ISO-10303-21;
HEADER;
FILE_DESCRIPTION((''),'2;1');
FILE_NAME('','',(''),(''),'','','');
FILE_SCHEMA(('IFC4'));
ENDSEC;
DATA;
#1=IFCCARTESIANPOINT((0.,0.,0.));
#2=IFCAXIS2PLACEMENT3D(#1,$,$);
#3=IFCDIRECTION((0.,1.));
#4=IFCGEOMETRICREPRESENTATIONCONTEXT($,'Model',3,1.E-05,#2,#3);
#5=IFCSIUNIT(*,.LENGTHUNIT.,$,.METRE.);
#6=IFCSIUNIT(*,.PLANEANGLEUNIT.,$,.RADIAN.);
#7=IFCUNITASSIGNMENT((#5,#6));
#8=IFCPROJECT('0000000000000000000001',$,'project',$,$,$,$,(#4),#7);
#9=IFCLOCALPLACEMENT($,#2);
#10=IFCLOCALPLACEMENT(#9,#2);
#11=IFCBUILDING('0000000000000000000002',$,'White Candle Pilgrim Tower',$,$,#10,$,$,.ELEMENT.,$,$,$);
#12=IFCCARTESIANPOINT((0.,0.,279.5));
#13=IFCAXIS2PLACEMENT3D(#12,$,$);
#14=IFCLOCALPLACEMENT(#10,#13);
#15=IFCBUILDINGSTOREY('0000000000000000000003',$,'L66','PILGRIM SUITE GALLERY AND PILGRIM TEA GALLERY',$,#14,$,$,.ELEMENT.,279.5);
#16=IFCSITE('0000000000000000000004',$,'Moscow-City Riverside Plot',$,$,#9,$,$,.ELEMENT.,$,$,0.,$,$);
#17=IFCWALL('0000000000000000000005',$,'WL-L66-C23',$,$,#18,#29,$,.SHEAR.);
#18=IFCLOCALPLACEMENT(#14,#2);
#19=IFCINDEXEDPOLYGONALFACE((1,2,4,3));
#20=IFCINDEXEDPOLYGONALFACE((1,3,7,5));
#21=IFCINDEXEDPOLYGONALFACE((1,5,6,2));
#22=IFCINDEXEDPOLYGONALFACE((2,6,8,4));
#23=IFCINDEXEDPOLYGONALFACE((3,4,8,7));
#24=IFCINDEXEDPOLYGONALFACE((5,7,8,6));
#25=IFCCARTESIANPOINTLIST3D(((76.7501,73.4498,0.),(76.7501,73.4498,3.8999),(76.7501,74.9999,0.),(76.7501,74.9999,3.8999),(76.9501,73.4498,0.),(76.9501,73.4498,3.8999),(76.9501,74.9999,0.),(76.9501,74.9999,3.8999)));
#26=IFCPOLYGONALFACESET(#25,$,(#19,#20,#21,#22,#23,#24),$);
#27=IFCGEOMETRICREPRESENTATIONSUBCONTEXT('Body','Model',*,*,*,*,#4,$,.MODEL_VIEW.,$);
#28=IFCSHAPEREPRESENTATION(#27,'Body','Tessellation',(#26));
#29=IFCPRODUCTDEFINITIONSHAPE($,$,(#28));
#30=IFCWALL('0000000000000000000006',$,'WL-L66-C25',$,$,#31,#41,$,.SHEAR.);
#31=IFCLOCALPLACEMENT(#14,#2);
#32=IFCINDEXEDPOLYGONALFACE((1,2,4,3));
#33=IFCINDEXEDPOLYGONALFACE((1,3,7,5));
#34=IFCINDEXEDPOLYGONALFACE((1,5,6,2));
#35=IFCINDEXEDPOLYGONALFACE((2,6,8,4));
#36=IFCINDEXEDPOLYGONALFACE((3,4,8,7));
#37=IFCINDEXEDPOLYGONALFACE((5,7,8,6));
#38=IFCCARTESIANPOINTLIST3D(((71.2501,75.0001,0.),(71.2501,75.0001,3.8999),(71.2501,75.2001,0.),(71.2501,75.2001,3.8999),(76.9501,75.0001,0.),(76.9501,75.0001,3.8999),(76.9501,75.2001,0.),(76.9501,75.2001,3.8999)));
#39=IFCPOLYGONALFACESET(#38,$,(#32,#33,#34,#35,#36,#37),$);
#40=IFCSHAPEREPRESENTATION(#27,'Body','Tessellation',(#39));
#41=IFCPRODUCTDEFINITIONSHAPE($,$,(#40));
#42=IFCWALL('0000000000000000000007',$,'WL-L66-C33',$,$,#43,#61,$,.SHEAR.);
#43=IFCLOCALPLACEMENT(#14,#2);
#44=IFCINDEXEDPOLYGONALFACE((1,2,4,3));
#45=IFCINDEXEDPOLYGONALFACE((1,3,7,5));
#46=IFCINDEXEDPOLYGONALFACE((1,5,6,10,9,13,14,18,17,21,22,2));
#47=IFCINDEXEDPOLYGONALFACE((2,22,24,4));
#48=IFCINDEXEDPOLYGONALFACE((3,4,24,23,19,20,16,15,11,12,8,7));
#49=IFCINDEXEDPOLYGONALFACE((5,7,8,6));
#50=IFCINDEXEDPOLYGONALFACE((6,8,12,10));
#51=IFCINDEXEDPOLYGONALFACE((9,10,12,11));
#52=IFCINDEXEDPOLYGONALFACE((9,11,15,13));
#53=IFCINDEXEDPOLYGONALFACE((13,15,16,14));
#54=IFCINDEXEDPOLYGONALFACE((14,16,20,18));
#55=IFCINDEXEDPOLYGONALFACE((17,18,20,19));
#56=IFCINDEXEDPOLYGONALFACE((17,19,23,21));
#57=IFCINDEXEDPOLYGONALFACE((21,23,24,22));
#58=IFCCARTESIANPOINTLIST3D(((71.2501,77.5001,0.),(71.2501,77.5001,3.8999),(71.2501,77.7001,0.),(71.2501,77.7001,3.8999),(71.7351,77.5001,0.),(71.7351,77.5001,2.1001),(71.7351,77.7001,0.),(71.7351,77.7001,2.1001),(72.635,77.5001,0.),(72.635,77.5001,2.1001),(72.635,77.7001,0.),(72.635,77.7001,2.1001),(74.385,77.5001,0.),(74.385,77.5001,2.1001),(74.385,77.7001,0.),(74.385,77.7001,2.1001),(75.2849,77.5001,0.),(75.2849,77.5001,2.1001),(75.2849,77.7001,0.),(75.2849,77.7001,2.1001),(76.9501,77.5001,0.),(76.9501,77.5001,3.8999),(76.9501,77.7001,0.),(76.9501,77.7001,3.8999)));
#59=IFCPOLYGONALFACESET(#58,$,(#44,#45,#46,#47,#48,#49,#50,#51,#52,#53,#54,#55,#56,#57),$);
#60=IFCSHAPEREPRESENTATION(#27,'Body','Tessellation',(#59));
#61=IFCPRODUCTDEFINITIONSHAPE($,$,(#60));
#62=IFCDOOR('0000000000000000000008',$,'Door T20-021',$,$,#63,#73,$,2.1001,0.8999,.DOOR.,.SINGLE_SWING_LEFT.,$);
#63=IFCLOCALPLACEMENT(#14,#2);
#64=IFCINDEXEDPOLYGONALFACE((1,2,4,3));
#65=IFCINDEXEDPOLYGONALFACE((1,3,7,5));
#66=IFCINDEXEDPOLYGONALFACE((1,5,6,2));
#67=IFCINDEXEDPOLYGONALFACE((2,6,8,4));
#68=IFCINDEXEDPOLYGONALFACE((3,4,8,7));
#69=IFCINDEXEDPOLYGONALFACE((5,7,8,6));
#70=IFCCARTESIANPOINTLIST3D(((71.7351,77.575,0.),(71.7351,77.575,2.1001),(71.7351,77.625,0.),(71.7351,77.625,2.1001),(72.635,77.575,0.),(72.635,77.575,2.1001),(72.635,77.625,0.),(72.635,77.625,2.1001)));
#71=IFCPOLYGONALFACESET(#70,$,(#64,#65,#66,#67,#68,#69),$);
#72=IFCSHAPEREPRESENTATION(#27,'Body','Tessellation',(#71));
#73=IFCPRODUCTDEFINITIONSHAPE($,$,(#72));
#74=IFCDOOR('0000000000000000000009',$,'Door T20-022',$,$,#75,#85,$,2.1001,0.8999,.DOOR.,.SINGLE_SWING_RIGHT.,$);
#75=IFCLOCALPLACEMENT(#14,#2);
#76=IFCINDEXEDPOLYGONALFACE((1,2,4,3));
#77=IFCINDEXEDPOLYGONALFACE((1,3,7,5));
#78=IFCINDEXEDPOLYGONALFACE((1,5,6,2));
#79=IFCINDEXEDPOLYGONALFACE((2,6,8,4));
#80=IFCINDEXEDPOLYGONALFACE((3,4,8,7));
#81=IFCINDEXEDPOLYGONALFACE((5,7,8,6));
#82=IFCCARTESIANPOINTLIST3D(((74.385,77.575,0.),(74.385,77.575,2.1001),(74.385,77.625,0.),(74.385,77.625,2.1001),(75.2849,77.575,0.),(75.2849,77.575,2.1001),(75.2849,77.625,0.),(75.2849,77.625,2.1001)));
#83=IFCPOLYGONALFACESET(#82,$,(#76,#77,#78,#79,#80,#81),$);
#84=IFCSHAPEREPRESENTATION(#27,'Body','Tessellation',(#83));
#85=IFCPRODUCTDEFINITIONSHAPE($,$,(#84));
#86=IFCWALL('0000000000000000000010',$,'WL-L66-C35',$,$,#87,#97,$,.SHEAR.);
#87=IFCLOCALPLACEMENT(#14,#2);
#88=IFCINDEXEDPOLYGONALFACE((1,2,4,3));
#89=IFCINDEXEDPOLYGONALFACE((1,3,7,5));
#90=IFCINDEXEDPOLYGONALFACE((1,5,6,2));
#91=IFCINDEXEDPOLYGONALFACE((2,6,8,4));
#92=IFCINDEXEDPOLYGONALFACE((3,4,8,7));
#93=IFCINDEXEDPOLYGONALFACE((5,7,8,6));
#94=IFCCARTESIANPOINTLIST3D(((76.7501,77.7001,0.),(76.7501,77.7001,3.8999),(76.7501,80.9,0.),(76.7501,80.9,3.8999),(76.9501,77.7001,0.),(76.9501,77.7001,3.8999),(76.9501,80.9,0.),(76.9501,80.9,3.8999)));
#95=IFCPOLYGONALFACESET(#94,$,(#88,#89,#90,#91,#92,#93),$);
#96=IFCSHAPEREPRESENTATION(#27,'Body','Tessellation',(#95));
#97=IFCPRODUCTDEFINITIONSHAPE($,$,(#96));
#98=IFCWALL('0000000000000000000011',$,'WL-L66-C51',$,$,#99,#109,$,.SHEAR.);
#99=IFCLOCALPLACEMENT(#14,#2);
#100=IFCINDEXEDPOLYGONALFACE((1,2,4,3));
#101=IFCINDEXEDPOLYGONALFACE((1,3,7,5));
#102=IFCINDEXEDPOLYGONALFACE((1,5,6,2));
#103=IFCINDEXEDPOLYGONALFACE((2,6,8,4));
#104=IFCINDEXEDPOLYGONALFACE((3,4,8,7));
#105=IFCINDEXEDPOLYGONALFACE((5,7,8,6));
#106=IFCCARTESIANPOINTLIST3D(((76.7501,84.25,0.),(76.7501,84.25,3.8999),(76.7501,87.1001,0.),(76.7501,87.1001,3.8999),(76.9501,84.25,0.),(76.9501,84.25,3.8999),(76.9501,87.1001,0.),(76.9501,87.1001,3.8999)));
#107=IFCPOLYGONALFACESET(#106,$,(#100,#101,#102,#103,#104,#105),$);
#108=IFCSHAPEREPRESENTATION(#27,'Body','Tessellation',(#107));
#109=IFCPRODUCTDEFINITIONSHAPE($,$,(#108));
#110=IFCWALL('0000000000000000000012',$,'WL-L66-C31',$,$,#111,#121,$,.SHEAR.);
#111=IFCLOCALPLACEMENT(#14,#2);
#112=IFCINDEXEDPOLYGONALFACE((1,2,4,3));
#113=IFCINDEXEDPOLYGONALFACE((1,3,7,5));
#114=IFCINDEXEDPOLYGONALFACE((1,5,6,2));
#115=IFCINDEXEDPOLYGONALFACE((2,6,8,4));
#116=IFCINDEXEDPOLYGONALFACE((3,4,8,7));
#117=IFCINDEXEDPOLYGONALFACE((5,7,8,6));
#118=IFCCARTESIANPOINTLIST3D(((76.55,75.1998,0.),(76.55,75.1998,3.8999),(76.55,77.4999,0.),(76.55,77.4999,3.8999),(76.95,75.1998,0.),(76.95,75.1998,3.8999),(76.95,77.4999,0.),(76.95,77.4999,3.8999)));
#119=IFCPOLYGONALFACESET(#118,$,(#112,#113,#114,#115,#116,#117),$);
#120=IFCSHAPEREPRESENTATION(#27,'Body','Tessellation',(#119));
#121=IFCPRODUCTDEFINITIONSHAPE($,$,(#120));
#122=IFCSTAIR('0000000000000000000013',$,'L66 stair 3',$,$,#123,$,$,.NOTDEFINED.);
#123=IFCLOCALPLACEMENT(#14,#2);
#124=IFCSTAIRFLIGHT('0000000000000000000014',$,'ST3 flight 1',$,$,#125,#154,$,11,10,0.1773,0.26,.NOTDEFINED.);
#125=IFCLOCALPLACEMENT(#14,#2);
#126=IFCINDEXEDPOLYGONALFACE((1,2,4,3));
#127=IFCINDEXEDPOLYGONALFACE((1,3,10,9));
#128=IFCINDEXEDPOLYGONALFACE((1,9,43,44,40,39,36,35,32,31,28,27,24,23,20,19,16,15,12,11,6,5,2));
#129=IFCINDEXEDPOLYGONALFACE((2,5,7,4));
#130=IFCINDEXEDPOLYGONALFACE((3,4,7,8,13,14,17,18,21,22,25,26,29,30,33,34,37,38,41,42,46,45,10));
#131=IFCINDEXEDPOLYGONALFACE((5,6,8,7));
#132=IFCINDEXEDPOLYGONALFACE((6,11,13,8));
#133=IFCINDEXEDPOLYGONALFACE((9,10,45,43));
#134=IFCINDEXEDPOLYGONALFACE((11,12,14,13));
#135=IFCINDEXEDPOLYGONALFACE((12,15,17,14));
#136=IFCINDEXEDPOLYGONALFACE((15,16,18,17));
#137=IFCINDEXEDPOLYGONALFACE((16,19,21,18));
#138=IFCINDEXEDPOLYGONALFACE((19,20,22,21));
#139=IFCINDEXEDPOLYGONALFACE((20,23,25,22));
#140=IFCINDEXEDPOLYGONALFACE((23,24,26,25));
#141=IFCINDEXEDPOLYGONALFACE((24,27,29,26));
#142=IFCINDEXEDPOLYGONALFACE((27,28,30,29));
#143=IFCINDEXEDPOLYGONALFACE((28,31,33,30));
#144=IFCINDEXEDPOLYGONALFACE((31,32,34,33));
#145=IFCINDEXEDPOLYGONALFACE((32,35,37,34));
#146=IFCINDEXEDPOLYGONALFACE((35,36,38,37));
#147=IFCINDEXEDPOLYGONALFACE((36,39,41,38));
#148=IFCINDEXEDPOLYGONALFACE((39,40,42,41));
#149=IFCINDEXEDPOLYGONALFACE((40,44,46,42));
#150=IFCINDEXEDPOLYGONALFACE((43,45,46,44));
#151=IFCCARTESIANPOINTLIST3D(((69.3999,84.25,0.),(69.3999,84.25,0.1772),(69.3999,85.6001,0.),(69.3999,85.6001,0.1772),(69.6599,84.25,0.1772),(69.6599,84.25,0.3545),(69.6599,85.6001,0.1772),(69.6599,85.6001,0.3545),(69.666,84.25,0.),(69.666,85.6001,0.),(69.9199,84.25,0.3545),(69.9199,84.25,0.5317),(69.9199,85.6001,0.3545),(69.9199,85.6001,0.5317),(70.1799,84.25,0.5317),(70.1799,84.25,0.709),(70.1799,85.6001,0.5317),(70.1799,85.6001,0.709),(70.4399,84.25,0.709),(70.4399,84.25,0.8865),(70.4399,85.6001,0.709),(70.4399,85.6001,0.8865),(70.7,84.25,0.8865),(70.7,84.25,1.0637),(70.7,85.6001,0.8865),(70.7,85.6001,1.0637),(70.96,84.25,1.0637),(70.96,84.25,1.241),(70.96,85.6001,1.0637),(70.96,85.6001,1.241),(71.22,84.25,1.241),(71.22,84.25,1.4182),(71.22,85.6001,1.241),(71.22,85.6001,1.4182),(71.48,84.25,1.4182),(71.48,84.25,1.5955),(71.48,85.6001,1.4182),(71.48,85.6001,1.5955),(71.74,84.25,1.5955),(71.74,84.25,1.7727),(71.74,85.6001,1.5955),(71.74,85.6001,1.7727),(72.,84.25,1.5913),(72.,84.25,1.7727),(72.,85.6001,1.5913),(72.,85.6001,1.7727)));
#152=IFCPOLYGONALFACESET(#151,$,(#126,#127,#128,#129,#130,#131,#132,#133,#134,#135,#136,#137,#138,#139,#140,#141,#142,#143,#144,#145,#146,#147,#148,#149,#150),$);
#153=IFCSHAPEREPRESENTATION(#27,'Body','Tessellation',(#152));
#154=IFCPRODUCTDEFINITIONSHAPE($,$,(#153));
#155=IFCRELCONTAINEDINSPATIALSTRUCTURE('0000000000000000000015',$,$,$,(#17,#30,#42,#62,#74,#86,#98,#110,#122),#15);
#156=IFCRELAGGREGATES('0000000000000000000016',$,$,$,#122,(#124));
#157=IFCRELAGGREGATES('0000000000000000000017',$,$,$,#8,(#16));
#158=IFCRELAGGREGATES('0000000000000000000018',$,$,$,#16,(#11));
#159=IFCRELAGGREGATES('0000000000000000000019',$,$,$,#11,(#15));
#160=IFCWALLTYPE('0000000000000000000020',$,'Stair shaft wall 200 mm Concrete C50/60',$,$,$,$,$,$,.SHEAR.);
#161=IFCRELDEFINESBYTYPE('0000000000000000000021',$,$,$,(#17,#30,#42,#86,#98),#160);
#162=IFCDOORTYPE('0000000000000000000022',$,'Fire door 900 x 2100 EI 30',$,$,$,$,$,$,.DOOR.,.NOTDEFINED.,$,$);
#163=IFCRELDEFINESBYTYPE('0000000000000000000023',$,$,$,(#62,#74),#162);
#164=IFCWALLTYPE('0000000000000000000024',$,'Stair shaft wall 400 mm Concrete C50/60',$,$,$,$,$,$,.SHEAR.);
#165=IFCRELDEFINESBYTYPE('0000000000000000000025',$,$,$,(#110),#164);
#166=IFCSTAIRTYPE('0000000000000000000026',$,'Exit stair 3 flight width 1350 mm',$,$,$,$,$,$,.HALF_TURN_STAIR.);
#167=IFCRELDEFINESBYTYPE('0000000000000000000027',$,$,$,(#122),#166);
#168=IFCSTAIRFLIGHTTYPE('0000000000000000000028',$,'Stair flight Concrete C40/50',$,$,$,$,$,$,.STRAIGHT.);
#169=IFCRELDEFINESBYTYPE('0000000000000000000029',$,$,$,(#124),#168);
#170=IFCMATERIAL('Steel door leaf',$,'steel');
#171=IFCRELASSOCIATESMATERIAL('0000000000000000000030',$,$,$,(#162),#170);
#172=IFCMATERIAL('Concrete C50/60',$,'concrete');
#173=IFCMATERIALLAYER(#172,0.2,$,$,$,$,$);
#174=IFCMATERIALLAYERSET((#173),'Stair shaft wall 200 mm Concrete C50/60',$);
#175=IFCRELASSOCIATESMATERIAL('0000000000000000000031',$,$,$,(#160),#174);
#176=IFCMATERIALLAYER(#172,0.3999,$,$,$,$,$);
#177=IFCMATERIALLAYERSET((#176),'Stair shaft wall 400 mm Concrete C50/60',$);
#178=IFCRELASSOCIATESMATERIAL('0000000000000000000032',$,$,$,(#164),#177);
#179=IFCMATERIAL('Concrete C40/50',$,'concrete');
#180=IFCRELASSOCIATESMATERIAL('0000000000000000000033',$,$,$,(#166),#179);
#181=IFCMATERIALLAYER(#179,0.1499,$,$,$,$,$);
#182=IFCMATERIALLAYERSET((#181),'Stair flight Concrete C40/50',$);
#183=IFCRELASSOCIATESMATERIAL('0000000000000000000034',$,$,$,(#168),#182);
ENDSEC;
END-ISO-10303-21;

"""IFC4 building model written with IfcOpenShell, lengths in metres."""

from ifc_helpers import new_model, si_unit, direction, frame, frame_2d, origin, place, context, subcontext, project, spatial, polyline, rectangle, outline, extrude, material, layer, layer_set, type_object, element, fill, aggregate, save


model = new_model("IFC4")

# Units and contexts
model_context = context("Model", 3, precision=1e-05, world=origin(), true_north=direction((0.0, 1.0)))
body_context = subcontext(model_context, "Body", "Model", "MODEL_VIEW")
ifc_project = project(units=[si_unit("LENGTHUNIT", "METRE"), si_unit("PLANEANGLEUNIT", "RADIAN")], contexts=[model_context])

# Site, building, storey
site_placement = place(None, origin())
site = spatial("IfcSite", under=ifc_project, at=site_placement, Name="Moscow-City Riverside Plot", CompositionType="ELEMENT", RefElevation=0.0)
building_placement = place(site_placement, origin())
building = spatial("IfcBuilding", under=site, at=building_placement, Name="White Candle Pilgrim Tower", CompositionType="ELEMENT")
storey_placement = place(building_placement, frame((0.0, 0.0, 279.5)))
storey = spatial("IfcBuildingStorey", under=building, at=storey_placement, Name="L66", Description="PILGRIM SUITE GALLERY AND PILGRIM TEA GALLERY", CompositionType="ELEMENT", Elevation=279.5)

# Shared definitions
ifc_material_1 = material(Name="Concrete C50/60", Category="concrete")

# Shared definitions
ifc_material_2 = material(Name="Steel door leaf", Category="steel")
door_type = type_object("IfcDoorType", Name="Fire door 900 x 2100 EI 30", OperationType="NOTDEFINED", PredefinedType="DOOR", material=ifc_material_2)

# Walls
ifc_layer_1 = layer(ifc_material_1, 0.2)
ifc_layer_set_1 = layer_set([ifc_layer_1], Name="Stair shaft wall 200 mm Concrete C50/60")
wall_type_1 = type_object("IfcWallType", Name="Stair shaft wall 200 mm Concrete C50/60", PredefinedType="SHEAR", material=ifc_layer_set_1)
wall_1_placement = place(storey_placement, frame((76.8501, 73.45, 0.0), z_axis=(0.0, 0.0, 1.0), x_axis=(0.0, 1.0, 0.0)))
element("IfcWall", 1, at=wall_1_placement, inside=storey, type_object=wall_type_1, Name="WL-L66-C23", PredefinedType="SHEAR", context=body_context, shape_type="SweptSolid", body=[
    extrude(rectangle(XDim=1.55, YDim=0.2, at=frame_2d((0.7749, 0.0))), origin(), (0.0, 0.0, 1.0), 3.8999),
])
wall_2_placement = place(storey_placement, frame((71.25, 75.1001, 0.0), z_axis=(0.0, 0.0, 1.0), x_axis=(1.0, 0.0, 0.0)))
element("IfcWall", 2, at=wall_2_placement, inside=storey, type_object=wall_type_1, Name="WL-L66-C25", PredefinedType="SHEAR", context=body_context, shape_type="SweptSolid", body=[
    extrude(rectangle(XDim=5.7, YDim=0.2, at=frame_2d((2.8501, 0.0))), origin(), (0.0, 0.0, 1.0), 3.8999),
])

# Wall, openings, doors
wall_3_placement = place(storey_placement, frame((71.25, 77.6001, 0.0), z_axis=(0.0, 0.0, 1.0), x_axis=(1.0, 0.0, 0.0)))
wall_3 = element("IfcWall", 3, at=wall_3_placement, inside=storey, type_object=wall_type_1, Name="WL-L66-C33", PredefinedType="SHEAR", context=body_context, shape_type="SweptSolid", body=[
    extrude(rectangle(XDim=5.7, YDim=0.2, at=frame_2d((2.8501, 0.0))), origin(), (0.0, 0.0, 1.0), 3.8999),
])
opening_1_placement = place(wall_3_placement, frame((0.4851, 0.0, 0.0)))
opening_1 = element("IfcOpeningElement", 4, at=opening_1_placement, cuts=wall_3, PredefinedType="OPENING", context=body_context, shape_type="SweptSolid", body=[
    extrude(rectangle(XDim=0.8999, YDim=2.1001, at=frame_2d((0.45, 1.05))), frame((0.0, 0.1099, 0.0), z_axis=(0.0, -1.0, 0.0), x_axis=(1.0, 0.0, 0.0)), (0.0, 0.0, 1.0), 0.22),
])
opening_2_placement = place(wall_3_placement, frame((3.135, 0.0, 0.0)))
opening_2 = element("IfcOpeningElement", 5, at=opening_2_placement, cuts=wall_3, PredefinedType="OPENING", context=body_context, shape_type="SweptSolid", body=[
    extrude(rectangle(XDim=0.8999, YDim=2.1001, at=frame_2d((0.45, 1.05))), frame((0.0, 0.1099, 0.0), z_axis=(0.0, -1.0, 0.0), x_axis=(1.0, 0.0, 0.0)), (0.0, 0.0, 1.0), 0.22),
])
door_1_placement = place(opening_1_placement, origin())
door_1 = element("IfcDoor", 6, at=door_1_placement, inside=storey, type_object=door_type, Name="Door T20-021", OperationType="SINGLE_SWING_LEFT", OverallHeight=2.1001, OverallWidth=0.8999, PredefinedType="DOOR", context=body_context, shape_type="SweptSolid", body=[
    extrude(rectangle(XDim=0.8999, YDim=2.1001, at=frame_2d((0.45, 1.05))), frame((0.0, 0.0249, 0.0), z_axis=(0.0, -1.0, 0.0), x_axis=(1.0, 0.0, 0.0)), (0.0, 0.0, 1.0), 0.05),
])
fill(opening_1, door_1)
door_2_placement = place(opening_2_placement, origin())
door_2 = element("IfcDoor", 7, at=door_2_placement, inside=storey, type_object=door_type, Name="Door T20-022", OperationType="SINGLE_SWING_RIGHT", OverallHeight=2.1001, OverallWidth=0.8999, PredefinedType="DOOR", context=body_context, shape_type="SweptSolid", body=[
    extrude(rectangle(XDim=0.8999, YDim=2.1001, at=frame_2d((0.45, 1.05))), frame((0.0, 0.0249, 0.0), z_axis=(0.0, -1.0, 0.0), x_axis=(1.0, 0.0, 0.0)), (0.0, 0.0, 1.0), 0.05),
])
fill(opening_2, door_2)

# Walls
wall_4_placement = place(storey_placement, frame((76.8501, 77.7, 0.0), z_axis=(0.0, 0.0, 1.0), x_axis=(0.0, 1.0, 0.0)))
element("IfcWall", 8, at=wall_4_placement, inside=storey, type_object=wall_type_1, Name="WL-L66-C35", PredefinedType="SHEAR", context=body_context, shape_type="SweptSolid", body=[
    extrude(rectangle(XDim=3.2, YDim=0.2, at=frame_2d((1.6001, 0.0))), origin(), (0.0, 0.0, 1.0), 3.8999),
])
wall_5_placement = place(storey_placement, frame((76.8501, 84.25, 0.0), z_axis=(0.0, 0.0, 1.0), x_axis=(0.0, 1.0, 0.0)))
element("IfcWall", 9, at=wall_5_placement, inside=storey, type_object=wall_type_1, Name="WL-L66-C51", PredefinedType="SHEAR", context=body_context, shape_type="SweptSolid", body=[
    extrude(rectangle(XDim=2.8501, YDim=0.2, at=frame_2d((1.425, 0.0))), origin(), (0.0, 0.0, 1.0), 3.8999),
])
ifc_layer_2 = layer(ifc_material_1, 0.3999)
ifc_layer_set_2 = layer_set([ifc_layer_2], Name="Stair shaft wall 400 mm Concrete C50/60")
wall_type_2 = type_object("IfcWallType", Name="Stair shaft wall 400 mm Concrete C50/60", PredefinedType="SHEAR", material=ifc_layer_set_2)
wall_6_placement = place(storey_placement, frame((76.75, 75.2, 0.0), z_axis=(0.0, 0.0, 1.0), x_axis=(0.0, 1.0, 0.0)))
element("IfcWall", 10, at=wall_6_placement, inside=storey, type_object=wall_type_2, Name="WL-L66-C31", PredefinedType="SHEAR", context=body_context, shape_type="SweptSolid", body=[
    extrude(rectangle(XDim=2.3, YDim=0.3999, at=frame_2d((1.1499, 0.0))), origin(), (0.0, 0.0, 1.0), 3.8999),
])

# Stair, stair flight
ifc_material_3 = material(Name="Concrete C40/50", Category="concrete")
stair_type = type_object("IfcStairType", Name="Exit stair 3 flight width 1350 mm", PredefinedType="HALF_TURN_STAIR", material=ifc_material_3)
stair_placement = place(storey_placement, origin())
stair = element("IfcStair", 11, at=stair_placement, inside=storey, type_object=stair_type, Name="L66 stair 3", PredefinedType="NOTDEFINED")
ifc_layer_3 = layer(ifc_material_3, 0.1499)
ifc_layer_set_3 = layer_set([ifc_layer_3], Name="Stair flight Concrete C40/50")
stair_flight_type = type_object("IfcStairFlightType", Name="Stair flight Concrete C40/50", PredefinedType="STRAIGHT", material=ifc_layer_set_3)
stair_flight_1_placement = place(storey_placement, frame((69.3999, 84.925, 0.0), z_axis=(0.0, 0.0, 1.0), x_axis=(1.0, 0.0, 0.0)))
stair_flight_1 = element("IfcStairFlight", 12, at=stair_flight_1_placement, type_object=stair_flight_type, Name="ST3 flight 1", NumberOfRisers=11, NumberOfTreads=10, PredefinedType="NOTDEFINED", RiserHeight=0.1773, TreadLength=0.26, context=body_context, shape_type="SweptSolid", body=[
    extrude(outline(polyline([(0.0, 0.0), (0.0, 0.1772), (0.26, 0.1772), (0.26, 0.3545), (0.52, 0.3545), (0.52, 0.5317), (0.78, 0.5317), (0.78, 0.709), (1.04, 0.709), (1.04, 0.8865), (1.3, 0.8865), (1.3, 1.0637), (1.5601, 1.0637), (1.5601, 1.241), (1.8201, 1.241), (1.8201, 1.4182), (2.0801, 1.4182), (2.0801, 1.5955), (2.3401, 1.5955), (2.3401, 1.7727), (2.6001, 1.7727), (2.6001, 1.95), (2.6001, 1.5913), (0.2661, 0.0), (0.0, 0.0)])), frame((0.0, 0.675, 0.0), z_axis=(0.0, -1.0, 0.0), x_axis=(1.0, 0.0, 0.0)), (0.0, 0.0, 1.0), 1.3501),
])
aggregate(stair, [stair_flight_1])

save(model, "model.ifc")
